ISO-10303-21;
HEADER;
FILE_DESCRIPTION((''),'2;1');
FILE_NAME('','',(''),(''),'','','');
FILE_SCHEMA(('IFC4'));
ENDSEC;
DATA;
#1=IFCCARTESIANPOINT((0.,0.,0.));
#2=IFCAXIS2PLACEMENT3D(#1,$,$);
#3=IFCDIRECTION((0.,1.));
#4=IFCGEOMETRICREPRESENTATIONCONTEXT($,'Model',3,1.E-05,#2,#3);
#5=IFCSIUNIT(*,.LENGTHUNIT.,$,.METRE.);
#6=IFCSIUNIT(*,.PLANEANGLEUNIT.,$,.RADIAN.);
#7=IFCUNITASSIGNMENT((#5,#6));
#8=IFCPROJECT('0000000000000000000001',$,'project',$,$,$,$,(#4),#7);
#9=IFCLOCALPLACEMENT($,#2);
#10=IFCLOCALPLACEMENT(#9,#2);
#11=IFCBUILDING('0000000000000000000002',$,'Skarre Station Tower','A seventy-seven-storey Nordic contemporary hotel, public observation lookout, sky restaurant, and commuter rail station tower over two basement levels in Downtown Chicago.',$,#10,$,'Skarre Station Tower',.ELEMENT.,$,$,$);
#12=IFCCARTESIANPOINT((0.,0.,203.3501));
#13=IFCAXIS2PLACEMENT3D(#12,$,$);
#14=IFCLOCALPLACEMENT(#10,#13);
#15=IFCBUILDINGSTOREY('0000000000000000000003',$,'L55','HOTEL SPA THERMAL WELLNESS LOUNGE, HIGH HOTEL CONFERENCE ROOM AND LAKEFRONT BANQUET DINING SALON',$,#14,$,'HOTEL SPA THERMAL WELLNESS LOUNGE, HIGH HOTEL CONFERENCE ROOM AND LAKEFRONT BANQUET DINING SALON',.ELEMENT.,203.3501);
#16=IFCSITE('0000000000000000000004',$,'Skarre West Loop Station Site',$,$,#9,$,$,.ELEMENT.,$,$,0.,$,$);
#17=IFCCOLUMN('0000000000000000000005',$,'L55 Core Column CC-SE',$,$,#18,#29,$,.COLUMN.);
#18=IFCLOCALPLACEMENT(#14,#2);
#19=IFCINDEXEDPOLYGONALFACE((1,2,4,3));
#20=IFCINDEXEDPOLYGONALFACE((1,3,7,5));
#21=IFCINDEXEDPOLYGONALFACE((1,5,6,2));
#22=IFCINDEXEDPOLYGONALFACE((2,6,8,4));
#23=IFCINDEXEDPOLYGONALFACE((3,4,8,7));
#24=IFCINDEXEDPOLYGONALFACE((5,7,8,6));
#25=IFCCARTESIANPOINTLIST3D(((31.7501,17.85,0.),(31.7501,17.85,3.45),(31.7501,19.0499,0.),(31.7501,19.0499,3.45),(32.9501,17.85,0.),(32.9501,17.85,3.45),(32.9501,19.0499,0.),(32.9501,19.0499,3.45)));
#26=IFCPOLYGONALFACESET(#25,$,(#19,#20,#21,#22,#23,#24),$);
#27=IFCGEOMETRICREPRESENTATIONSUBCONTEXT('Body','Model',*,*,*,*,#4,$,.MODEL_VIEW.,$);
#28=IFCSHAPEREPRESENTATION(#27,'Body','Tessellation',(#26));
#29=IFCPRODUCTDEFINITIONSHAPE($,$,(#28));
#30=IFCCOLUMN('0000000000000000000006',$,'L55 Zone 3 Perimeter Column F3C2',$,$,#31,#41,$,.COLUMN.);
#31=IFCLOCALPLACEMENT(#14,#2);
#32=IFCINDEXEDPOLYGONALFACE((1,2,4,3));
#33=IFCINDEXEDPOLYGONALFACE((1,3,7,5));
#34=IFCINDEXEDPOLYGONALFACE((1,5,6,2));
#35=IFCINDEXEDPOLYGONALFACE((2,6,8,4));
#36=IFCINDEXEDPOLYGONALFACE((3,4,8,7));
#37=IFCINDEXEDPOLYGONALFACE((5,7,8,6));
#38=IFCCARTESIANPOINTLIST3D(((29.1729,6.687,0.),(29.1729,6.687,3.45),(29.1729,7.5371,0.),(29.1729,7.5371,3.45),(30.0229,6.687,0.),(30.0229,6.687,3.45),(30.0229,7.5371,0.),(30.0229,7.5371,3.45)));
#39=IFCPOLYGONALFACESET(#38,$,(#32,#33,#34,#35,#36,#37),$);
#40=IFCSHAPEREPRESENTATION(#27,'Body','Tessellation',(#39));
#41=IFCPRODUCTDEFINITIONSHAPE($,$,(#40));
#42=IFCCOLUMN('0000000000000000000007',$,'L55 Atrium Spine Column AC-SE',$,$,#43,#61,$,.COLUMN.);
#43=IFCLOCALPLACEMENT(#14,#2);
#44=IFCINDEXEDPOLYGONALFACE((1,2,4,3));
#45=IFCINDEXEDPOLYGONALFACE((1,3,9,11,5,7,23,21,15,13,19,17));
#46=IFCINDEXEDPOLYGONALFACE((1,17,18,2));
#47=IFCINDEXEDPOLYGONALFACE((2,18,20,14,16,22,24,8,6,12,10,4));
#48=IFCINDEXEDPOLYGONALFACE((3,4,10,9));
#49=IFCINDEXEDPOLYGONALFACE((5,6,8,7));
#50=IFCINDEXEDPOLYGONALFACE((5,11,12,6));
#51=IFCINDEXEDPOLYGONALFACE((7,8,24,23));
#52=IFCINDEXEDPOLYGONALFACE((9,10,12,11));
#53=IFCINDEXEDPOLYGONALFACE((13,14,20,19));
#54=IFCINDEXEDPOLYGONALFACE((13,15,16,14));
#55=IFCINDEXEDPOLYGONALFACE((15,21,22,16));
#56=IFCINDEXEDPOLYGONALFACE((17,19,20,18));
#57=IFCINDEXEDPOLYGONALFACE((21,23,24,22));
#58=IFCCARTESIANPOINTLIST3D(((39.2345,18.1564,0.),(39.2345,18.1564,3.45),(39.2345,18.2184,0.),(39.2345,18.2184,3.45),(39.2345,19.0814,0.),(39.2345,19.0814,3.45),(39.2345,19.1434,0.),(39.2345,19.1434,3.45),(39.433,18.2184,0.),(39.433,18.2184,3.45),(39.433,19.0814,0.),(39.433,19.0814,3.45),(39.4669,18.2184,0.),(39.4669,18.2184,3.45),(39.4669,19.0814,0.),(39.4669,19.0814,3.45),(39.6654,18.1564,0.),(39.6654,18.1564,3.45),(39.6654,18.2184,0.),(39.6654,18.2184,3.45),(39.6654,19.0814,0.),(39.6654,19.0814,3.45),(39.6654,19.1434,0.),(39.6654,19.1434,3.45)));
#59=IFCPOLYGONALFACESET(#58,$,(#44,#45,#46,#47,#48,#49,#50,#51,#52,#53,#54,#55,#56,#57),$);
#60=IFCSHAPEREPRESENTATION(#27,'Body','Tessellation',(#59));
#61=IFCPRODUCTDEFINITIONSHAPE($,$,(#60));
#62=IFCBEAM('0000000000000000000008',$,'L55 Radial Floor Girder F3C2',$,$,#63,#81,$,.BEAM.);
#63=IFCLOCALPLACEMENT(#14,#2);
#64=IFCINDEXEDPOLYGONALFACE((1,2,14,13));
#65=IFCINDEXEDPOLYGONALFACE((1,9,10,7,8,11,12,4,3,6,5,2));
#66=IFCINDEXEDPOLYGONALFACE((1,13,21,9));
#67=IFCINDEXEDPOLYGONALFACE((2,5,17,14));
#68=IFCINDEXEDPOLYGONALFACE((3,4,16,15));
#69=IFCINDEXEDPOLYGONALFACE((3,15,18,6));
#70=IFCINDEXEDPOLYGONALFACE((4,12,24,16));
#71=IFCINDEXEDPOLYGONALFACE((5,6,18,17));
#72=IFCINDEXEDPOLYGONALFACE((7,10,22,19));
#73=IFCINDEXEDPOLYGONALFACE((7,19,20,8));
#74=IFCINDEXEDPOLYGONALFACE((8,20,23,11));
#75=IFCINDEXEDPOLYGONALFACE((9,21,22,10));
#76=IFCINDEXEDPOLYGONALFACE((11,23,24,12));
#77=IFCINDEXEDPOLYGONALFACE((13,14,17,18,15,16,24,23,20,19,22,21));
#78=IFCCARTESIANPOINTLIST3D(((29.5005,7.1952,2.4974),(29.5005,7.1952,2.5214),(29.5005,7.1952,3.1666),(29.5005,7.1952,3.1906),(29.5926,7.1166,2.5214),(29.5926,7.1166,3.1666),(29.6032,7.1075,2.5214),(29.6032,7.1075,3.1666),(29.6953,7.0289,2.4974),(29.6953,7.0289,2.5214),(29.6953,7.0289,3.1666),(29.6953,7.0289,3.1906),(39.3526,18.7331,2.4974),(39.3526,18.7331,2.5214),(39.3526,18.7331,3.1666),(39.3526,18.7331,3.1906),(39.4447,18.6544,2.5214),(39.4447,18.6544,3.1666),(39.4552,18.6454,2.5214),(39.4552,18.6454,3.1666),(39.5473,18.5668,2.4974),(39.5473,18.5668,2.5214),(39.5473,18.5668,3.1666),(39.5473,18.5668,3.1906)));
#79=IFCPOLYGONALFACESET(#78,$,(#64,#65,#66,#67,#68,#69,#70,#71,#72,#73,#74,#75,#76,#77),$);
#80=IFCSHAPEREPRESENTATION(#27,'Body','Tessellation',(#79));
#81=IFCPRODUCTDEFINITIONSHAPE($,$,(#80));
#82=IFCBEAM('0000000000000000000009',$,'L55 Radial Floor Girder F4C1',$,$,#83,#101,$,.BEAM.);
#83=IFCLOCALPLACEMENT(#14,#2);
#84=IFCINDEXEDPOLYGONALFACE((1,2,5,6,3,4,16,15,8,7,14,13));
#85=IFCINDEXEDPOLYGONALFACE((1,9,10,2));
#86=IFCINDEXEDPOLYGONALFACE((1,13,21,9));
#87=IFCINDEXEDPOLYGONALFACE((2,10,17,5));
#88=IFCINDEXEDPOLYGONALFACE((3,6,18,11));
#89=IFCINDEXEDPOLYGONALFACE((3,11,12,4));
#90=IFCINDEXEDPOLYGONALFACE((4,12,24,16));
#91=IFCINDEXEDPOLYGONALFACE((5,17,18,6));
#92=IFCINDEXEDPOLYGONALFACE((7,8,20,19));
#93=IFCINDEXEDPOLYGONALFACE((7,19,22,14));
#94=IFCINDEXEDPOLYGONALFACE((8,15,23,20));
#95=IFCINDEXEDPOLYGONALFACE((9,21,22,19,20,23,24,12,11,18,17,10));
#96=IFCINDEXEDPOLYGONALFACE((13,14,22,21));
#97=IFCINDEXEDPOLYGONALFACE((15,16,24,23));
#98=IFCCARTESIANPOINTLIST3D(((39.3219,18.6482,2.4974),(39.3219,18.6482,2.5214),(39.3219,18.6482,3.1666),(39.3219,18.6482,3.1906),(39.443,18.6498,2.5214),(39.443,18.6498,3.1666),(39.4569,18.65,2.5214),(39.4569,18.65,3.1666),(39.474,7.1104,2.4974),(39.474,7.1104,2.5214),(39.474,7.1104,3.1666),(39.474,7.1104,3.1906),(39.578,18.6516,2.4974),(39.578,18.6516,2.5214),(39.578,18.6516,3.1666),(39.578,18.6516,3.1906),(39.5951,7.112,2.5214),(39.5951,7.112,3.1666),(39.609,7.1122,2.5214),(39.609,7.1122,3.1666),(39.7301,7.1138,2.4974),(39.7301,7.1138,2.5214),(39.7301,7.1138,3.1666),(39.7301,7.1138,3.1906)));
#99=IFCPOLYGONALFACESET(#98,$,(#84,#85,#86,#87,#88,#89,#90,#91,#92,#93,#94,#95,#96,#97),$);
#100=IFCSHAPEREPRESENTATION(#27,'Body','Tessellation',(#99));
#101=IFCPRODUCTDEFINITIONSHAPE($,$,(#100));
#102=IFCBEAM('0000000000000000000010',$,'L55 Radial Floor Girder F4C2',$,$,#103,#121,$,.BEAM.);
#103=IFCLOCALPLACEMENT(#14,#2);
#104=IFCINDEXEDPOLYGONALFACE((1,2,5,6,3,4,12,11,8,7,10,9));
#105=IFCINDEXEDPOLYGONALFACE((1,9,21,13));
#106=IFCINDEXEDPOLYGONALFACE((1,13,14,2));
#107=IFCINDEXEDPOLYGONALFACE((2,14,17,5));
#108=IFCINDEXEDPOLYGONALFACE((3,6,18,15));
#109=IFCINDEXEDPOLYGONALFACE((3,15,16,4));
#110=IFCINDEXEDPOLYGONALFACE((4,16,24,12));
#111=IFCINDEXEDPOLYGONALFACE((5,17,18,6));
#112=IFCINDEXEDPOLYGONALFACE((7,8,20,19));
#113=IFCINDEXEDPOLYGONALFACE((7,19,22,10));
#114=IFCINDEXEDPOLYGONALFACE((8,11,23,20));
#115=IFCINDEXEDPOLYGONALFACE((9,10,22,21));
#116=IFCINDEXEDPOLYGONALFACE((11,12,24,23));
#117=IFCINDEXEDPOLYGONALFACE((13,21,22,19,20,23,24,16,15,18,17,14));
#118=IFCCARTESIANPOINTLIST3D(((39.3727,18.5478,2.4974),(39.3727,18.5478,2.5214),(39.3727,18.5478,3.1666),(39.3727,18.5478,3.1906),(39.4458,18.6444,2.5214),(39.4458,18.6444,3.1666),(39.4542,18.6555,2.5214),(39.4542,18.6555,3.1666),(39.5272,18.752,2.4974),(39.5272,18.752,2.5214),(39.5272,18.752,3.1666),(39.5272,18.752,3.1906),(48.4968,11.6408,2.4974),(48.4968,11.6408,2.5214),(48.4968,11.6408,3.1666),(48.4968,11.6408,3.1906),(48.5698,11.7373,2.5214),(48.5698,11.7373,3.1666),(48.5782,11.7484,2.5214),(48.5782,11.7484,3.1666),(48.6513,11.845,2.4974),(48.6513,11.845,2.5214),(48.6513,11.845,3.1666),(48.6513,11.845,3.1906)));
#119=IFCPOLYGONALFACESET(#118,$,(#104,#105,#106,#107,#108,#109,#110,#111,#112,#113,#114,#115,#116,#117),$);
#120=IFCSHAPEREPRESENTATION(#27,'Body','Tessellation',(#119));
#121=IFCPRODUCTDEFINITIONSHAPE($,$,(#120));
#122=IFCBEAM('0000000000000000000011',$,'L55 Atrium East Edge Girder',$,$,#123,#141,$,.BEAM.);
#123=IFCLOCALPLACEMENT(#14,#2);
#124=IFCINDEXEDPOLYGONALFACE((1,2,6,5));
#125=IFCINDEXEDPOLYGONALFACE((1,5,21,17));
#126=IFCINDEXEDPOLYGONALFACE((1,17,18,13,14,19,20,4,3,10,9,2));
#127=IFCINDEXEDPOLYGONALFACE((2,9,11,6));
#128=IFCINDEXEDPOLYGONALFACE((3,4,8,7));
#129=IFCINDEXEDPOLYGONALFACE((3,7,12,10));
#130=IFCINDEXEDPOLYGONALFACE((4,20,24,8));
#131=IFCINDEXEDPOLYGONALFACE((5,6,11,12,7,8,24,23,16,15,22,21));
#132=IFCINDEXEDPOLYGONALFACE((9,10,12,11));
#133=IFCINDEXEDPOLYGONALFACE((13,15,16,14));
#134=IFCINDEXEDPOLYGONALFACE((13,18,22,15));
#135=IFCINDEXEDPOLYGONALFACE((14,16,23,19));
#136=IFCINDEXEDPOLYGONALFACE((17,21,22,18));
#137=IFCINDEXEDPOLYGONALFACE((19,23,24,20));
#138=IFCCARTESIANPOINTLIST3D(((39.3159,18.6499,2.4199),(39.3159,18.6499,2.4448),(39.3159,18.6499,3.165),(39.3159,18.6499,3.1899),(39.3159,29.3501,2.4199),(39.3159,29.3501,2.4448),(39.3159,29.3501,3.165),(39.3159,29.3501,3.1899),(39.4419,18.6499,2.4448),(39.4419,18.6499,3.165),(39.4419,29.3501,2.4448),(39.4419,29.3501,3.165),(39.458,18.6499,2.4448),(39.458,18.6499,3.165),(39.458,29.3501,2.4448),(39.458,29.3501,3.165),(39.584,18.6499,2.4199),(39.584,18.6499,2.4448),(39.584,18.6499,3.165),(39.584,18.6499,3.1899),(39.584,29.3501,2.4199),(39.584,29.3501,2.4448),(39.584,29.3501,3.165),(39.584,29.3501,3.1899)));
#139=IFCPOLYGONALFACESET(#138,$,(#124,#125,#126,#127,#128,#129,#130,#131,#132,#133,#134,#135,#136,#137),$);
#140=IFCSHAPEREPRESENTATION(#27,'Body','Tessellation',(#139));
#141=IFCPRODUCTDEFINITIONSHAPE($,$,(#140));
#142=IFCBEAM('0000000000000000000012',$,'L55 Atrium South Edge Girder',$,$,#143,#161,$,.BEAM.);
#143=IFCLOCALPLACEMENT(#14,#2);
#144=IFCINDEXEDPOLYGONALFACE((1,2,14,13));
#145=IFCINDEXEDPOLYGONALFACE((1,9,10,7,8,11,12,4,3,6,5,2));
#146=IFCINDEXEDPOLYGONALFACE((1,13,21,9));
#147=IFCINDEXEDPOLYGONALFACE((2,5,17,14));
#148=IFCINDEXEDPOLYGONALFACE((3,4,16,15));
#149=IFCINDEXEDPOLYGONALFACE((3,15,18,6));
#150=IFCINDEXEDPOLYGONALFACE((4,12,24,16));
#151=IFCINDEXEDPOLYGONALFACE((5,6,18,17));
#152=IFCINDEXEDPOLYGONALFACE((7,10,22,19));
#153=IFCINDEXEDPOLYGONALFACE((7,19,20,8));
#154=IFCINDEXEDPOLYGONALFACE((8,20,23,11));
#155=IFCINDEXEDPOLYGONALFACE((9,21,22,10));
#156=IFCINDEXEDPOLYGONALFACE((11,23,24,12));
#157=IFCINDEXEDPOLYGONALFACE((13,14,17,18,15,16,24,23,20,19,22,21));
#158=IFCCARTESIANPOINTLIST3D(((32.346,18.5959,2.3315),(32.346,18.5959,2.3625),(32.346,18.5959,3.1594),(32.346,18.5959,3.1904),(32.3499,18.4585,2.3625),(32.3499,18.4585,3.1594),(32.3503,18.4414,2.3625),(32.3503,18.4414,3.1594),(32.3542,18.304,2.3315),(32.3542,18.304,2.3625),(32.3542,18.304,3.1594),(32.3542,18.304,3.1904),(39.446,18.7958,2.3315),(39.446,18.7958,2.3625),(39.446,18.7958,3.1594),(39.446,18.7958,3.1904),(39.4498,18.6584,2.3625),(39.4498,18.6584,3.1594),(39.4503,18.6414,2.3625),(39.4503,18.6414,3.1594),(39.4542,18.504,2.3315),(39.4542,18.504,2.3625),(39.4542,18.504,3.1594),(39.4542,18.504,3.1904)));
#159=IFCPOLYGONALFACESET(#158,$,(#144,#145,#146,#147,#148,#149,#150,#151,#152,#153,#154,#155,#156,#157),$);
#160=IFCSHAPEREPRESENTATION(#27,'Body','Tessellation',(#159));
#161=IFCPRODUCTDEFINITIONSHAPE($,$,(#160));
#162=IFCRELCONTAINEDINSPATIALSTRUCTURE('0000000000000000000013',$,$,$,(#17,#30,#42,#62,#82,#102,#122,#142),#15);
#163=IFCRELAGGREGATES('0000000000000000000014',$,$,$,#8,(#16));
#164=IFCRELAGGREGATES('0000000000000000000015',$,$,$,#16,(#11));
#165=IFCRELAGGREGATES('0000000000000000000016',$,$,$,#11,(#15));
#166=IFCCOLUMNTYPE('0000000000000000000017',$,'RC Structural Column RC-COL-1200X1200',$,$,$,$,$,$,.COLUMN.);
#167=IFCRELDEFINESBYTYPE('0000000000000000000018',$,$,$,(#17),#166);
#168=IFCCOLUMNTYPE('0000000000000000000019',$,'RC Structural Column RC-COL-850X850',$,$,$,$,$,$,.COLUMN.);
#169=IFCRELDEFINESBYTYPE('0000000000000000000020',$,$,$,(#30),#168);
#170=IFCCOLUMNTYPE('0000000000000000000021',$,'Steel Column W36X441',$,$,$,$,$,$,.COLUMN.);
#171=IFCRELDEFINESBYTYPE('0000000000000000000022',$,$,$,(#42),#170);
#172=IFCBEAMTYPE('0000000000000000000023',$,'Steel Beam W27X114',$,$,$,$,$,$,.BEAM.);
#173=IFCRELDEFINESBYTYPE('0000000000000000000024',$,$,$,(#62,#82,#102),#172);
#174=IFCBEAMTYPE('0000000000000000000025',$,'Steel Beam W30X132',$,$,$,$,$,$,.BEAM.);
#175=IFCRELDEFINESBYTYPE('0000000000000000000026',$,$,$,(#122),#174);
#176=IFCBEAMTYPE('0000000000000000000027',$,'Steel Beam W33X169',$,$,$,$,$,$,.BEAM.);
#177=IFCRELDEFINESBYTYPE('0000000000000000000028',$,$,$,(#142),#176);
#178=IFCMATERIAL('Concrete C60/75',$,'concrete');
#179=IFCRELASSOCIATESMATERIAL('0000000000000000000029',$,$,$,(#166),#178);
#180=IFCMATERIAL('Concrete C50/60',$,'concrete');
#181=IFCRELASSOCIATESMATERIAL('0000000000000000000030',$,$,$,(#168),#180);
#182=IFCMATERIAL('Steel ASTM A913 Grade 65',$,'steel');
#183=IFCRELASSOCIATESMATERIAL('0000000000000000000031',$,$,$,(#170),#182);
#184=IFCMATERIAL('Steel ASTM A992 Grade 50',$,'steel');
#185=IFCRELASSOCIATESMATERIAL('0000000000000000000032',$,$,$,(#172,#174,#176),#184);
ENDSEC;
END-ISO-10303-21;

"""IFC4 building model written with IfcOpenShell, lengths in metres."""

from ifc_helpers import new_model, si_unit, direction, frame, origin, origin_2d, place, context, subcontext, project, spatial, rectangle, i_section, extrude, material, material_profile, profile_set, type_object, element, save


model = new_model("IFC4")

# Units and contexts
model_context = context("Model", 3, precision=1e-05, world=origin(), true_north=direction((0.0, 1.0)))
body_context = subcontext(model_context, "Body", "Model", "MODEL_VIEW")
ifc_project = project(units=[si_unit("LENGTHUNIT", "METRE"), si_unit("PLANEANGLEUNIT", "RADIAN")], contexts=[model_context])

# Site, building, storey
site_placement = place(None, origin())
site = spatial("IfcSite", under=ifc_project, at=site_placement, Name="Skarre West Loop Station Site", CompositionType="ELEMENT", RefElevation=0.0)
building_placement = place(site_placement, origin())
building = spatial("IfcBuilding", under=site, at=building_placement, Name="Skarre Station Tower", Description="A seventy-seven-storey Nordic contemporary hotel, public observation lookout, sky restaurant, and commuter rail station tower over two basement levels in Downtown Chicago.", LongName="Skarre Station Tower", CompositionType="ELEMENT")
storey_placement = place(building_placement, frame((0.0, 0.0, 203.3501)))
storey = spatial("IfcBuildingStorey", under=building, at=storey_placement, Name="L55", Description="HOTEL SPA THERMAL WELLNESS LOUNGE, HIGH HOTEL CONFERENCE ROOM AND LAKEFRONT BANQUET DINING SALON", LongName="HOTEL SPA THERMAL WELLNESS LOUNGE, HIGH HOTEL CONFERENCE ROOM AND LAKEFRONT BANQUET DINING SALON", CompositionType="ELEMENT", Elevation=203.3501)

# Columns
ifc_material_1 = material(Name="Concrete C60/75", Category="concrete")
ifc_material_profile_1 = material_profile(ifc_material_1, rectangle(XDim=1.2, YDim=1.2, at=origin_2d()), Name="Concrete C60/75")
ifc_profile_set_1 = profile_set([ifc_material_profile_1], Name="Concrete C60/75")
column_type_1 = type_object("IfcColumnType", Name="RC Structural Column RC-COL-1200X1200", PredefinedType="COLUMN", material=ifc_profile_set_1)
column_1_placement = place(storey_placement, frame((32.3501, 18.45, 0.0), z_axis=(0.0, 0.0, 1.0), x_axis=(1.0, 0.0, 0.0)))
element("IfcColumn", 1, at=column_1_placement, inside=storey, type_object=column_type_1, Name="L55 Core Column CC-SE", PredefinedType="COLUMN", context=body_context, shape_type="SweptSolid", body=[
    extrude(rectangle(XDim=1.2, YDim=1.2, at=origin_2d()), origin(), (0.0, 0.0, 1.0), 3.45),
])
ifc_material_2 = material(Name="Concrete C50/60", Category="concrete")
ifc_material_profile_2 = material_profile(ifc_material_2, rectangle(XDim=0.8501, YDim=0.8501, at=origin_2d()), Name="Concrete C50/60")
ifc_profile_set_2 = profile_set([ifc_material_profile_2], Name="Concrete C50/60")
column_type_2 = type_object("IfcColumnType", Name="RC Structural Column RC-COL-850X850", PredefinedType="COLUMN", material=ifc_profile_set_2)
column_2_placement = place(storey_placement, frame((29.5979, 7.1121, 0.0), z_axis=(0.0, 0.0, 1.0), x_axis=(1.0, 0.0, 0.0)))
element("IfcColumn", 2, at=column_2_placement, inside=storey, type_object=column_type_2, Name="L55 Zone 3 Perimeter Column F3C2", PredefinedType="COLUMN", context=body_context, shape_type="SweptSolid", body=[
    extrude(rectangle(XDim=0.8501, YDim=0.8501, at=origin_2d()), origin(), (0.0, 0.0, 1.0), 3.45),
])
ifc_material_3 = material(Name="Steel ASTM A913 Grade 65", Category="steel")
ifc_material_profile_3 = material_profile(ifc_material_3, i_section(OverallWidth=0.4309, OverallDepth=0.9871, WebThickness=0.0339, FlangeThickness=0.062, at=origin_2d()), Name="Steel ASTM A913 Grade 65")
ifc_profile_set_3 = profile_set([ifc_material_profile_3], Name="Steel ASTM A913 Grade 65")
column_type_3 = type_object("IfcColumnType", Name="Steel Column W36X441", PredefinedType="COLUMN", material=ifc_profile_set_3)
column_3_placement = place(storey_placement, frame((39.45, 18.6499, 0.0), z_axis=(0.0, 0.0, 1.0), x_axis=(1.0, 0.0, 0.0)))
element("IfcColumn", 3, at=column_3_placement, inside=storey, type_object=column_type_3, Name="L55 Atrium Spine Column AC-SE", PredefinedType="COLUMN", context=body_context, shape_type="SweptSolid", body=[
    extrude(i_section(OverallWidth=0.4309, OverallDepth=0.9871, WebThickness=0.0339, FlangeThickness=0.062, at=origin_2d()), origin(), (0.0, 0.0, 1.0), 3.45),
])

# Beams
ifc_material_4 = material(Name="Steel ASTM A992 Grade 50", Category="steel")
ifc_material_profile_4 = material_profile(ifc_material_4, i_section(OverallWidth=0.2561, OverallDepth=0.6931, WebThickness=0.0139, FlangeThickness=0.0239, at=origin_2d()), Name="Steel ASTM A992 Grade 50")
ifc_profile_set_4 = profile_set([ifc_material_profile_4], Name="Steel ASTM A992 Grade 50")
beam_type_1 = type_object("IfcBeamType", Name="Steel Beam W27X114", PredefinedType="BEAM", material=ifc_profile_set_4)
beam_1_placement = place(storey_placement, frame((39.45, 18.6499, 2.844), z_axis=(-0.649364, -0.760477, 0.0), x_axis=(0.760477, -0.649364, 0.0)))
element("IfcBeam", 4, at=beam_1_placement, inside=storey, type_object=beam_type_1, Name="L55 Radial Floor Girder F3C2", PredefinedType="BEAM", context=body_context, shape_type="SweptSolid", body=[
    extrude(i_section(OverallWidth=0.2561, OverallDepth=0.6931, WebThickness=0.0139, FlangeThickness=0.0239, at=origin_2d()), origin(), (0.0, 0.0, 1.0), 15.1719),
])
beam_2_placement = place(storey_placement, frame((39.45, 18.6499, 2.844), z_axis=(0.013182, -0.999913, 0.0), x_axis=(0.999913, 0.013182, 0.0)))
element("IfcBeam", 5, at=beam_2_placement, inside=storey, type_object=beam_type_1, Name="L55 Radial Floor Girder F4C1", PredefinedType="BEAM", context=body_context, shape_type="SweptSolid", body=[
    extrude(i_section(OverallWidth=0.2561, OverallDepth=0.6931, WebThickness=0.0139, FlangeThickness=0.0239, at=origin_2d()), origin(), (0.0, 0.0, 1.0), 11.5388),
])
beam_3_placement = place(storey_placement, frame((39.45, 18.6499, 2.844), z_axis=(0.797309, -0.603571, 0.0), x_axis=(0.603571, 0.797309, 0.0)))
element("IfcBeam", 6, at=beam_3_placement, inside=storey, type_object=beam_type_1, Name="L55 Radial Floor Girder F4C2", PredefinedType="BEAM", context=body_context, shape_type="SweptSolid", body=[
    extrude(i_section(OverallWidth=0.2561, OverallDepth=0.6931, WebThickness=0.0139, FlangeThickness=0.0239, at=origin_2d()), origin(), (0.0, 0.0, 1.0), 11.4436),
])
ifc_material_profile_5 = material_profile(ifc_material_4, i_section(OverallWidth=0.2681, OverallDepth=0.77, WebThickness=0.0161, FlangeThickness=0.0249, at=origin_2d()), Name="Steel ASTM A992 Grade 50")
ifc_profile_set_5 = profile_set([ifc_material_profile_5], Name="Steel ASTM A992 Grade 50")
beam_type_2 = type_object("IfcBeamType", Name="Steel Beam W30X132", PredefinedType="BEAM", material=ifc_profile_set_5)
beam_4_placement = place(storey_placement, frame((39.45, 18.6499, 2.8049), z_axis=(0.0, 1.0, 0.0), x_axis=(-1.0, 0.0, 0.0)))
element("IfcBeam", 7, at=beam_4_placement, inside=storey, type_object=beam_type_2, Name="L55 Atrium East Edge Girder", PredefinedType="BEAM", context=body_context, shape_type="SweptSolid", body=[
    extrude(i_section(OverallWidth=0.2681, OverallDepth=0.77, WebThickness=0.0161, FlangeThickness=0.0249, at=origin_2d()), origin(), (0.0, 0.0, 1.0), 10.7002),
])
ifc_material_profile_6 = material_profile(ifc_material_4, i_section(OverallWidth=0.292, OverallDepth=0.8589, WebThickness=0.0171, FlangeThickness=0.031, at=origin_2d()), Name="Steel ASTM A992 Grade 50")
ifc_profile_set_6 = profile_set([ifc_material_profile_6], Name="Steel ASTM A992 Grade 50")
beam_type_3 = type_object("IfcBeamType", Name="Steel Beam W33X169", PredefinedType="BEAM", material=ifc_profile_set_6)
beam_5_placement = place(storey_placement, frame((32.3501, 18.45, 2.761), z_axis=(0.999604, 0.028152, 0.0), x_axis=(-0.028152, 0.999604, 0.0)))
element("IfcBeam", 8, at=beam_5_placement, inside=storey, type_object=beam_type_3, Name="L55 Atrium South Edge Girder", PredefinedType="BEAM", context=body_context, shape_type="SweptSolid", body=[
    extrude(i_section(OverallWidth=0.292, OverallDepth=0.8589, WebThickness=0.0171, FlangeThickness=0.031, at=origin_2d()), origin(), (0.0, 0.0, 1.0), 7.1028),
])

save(model, "model.ifc")
